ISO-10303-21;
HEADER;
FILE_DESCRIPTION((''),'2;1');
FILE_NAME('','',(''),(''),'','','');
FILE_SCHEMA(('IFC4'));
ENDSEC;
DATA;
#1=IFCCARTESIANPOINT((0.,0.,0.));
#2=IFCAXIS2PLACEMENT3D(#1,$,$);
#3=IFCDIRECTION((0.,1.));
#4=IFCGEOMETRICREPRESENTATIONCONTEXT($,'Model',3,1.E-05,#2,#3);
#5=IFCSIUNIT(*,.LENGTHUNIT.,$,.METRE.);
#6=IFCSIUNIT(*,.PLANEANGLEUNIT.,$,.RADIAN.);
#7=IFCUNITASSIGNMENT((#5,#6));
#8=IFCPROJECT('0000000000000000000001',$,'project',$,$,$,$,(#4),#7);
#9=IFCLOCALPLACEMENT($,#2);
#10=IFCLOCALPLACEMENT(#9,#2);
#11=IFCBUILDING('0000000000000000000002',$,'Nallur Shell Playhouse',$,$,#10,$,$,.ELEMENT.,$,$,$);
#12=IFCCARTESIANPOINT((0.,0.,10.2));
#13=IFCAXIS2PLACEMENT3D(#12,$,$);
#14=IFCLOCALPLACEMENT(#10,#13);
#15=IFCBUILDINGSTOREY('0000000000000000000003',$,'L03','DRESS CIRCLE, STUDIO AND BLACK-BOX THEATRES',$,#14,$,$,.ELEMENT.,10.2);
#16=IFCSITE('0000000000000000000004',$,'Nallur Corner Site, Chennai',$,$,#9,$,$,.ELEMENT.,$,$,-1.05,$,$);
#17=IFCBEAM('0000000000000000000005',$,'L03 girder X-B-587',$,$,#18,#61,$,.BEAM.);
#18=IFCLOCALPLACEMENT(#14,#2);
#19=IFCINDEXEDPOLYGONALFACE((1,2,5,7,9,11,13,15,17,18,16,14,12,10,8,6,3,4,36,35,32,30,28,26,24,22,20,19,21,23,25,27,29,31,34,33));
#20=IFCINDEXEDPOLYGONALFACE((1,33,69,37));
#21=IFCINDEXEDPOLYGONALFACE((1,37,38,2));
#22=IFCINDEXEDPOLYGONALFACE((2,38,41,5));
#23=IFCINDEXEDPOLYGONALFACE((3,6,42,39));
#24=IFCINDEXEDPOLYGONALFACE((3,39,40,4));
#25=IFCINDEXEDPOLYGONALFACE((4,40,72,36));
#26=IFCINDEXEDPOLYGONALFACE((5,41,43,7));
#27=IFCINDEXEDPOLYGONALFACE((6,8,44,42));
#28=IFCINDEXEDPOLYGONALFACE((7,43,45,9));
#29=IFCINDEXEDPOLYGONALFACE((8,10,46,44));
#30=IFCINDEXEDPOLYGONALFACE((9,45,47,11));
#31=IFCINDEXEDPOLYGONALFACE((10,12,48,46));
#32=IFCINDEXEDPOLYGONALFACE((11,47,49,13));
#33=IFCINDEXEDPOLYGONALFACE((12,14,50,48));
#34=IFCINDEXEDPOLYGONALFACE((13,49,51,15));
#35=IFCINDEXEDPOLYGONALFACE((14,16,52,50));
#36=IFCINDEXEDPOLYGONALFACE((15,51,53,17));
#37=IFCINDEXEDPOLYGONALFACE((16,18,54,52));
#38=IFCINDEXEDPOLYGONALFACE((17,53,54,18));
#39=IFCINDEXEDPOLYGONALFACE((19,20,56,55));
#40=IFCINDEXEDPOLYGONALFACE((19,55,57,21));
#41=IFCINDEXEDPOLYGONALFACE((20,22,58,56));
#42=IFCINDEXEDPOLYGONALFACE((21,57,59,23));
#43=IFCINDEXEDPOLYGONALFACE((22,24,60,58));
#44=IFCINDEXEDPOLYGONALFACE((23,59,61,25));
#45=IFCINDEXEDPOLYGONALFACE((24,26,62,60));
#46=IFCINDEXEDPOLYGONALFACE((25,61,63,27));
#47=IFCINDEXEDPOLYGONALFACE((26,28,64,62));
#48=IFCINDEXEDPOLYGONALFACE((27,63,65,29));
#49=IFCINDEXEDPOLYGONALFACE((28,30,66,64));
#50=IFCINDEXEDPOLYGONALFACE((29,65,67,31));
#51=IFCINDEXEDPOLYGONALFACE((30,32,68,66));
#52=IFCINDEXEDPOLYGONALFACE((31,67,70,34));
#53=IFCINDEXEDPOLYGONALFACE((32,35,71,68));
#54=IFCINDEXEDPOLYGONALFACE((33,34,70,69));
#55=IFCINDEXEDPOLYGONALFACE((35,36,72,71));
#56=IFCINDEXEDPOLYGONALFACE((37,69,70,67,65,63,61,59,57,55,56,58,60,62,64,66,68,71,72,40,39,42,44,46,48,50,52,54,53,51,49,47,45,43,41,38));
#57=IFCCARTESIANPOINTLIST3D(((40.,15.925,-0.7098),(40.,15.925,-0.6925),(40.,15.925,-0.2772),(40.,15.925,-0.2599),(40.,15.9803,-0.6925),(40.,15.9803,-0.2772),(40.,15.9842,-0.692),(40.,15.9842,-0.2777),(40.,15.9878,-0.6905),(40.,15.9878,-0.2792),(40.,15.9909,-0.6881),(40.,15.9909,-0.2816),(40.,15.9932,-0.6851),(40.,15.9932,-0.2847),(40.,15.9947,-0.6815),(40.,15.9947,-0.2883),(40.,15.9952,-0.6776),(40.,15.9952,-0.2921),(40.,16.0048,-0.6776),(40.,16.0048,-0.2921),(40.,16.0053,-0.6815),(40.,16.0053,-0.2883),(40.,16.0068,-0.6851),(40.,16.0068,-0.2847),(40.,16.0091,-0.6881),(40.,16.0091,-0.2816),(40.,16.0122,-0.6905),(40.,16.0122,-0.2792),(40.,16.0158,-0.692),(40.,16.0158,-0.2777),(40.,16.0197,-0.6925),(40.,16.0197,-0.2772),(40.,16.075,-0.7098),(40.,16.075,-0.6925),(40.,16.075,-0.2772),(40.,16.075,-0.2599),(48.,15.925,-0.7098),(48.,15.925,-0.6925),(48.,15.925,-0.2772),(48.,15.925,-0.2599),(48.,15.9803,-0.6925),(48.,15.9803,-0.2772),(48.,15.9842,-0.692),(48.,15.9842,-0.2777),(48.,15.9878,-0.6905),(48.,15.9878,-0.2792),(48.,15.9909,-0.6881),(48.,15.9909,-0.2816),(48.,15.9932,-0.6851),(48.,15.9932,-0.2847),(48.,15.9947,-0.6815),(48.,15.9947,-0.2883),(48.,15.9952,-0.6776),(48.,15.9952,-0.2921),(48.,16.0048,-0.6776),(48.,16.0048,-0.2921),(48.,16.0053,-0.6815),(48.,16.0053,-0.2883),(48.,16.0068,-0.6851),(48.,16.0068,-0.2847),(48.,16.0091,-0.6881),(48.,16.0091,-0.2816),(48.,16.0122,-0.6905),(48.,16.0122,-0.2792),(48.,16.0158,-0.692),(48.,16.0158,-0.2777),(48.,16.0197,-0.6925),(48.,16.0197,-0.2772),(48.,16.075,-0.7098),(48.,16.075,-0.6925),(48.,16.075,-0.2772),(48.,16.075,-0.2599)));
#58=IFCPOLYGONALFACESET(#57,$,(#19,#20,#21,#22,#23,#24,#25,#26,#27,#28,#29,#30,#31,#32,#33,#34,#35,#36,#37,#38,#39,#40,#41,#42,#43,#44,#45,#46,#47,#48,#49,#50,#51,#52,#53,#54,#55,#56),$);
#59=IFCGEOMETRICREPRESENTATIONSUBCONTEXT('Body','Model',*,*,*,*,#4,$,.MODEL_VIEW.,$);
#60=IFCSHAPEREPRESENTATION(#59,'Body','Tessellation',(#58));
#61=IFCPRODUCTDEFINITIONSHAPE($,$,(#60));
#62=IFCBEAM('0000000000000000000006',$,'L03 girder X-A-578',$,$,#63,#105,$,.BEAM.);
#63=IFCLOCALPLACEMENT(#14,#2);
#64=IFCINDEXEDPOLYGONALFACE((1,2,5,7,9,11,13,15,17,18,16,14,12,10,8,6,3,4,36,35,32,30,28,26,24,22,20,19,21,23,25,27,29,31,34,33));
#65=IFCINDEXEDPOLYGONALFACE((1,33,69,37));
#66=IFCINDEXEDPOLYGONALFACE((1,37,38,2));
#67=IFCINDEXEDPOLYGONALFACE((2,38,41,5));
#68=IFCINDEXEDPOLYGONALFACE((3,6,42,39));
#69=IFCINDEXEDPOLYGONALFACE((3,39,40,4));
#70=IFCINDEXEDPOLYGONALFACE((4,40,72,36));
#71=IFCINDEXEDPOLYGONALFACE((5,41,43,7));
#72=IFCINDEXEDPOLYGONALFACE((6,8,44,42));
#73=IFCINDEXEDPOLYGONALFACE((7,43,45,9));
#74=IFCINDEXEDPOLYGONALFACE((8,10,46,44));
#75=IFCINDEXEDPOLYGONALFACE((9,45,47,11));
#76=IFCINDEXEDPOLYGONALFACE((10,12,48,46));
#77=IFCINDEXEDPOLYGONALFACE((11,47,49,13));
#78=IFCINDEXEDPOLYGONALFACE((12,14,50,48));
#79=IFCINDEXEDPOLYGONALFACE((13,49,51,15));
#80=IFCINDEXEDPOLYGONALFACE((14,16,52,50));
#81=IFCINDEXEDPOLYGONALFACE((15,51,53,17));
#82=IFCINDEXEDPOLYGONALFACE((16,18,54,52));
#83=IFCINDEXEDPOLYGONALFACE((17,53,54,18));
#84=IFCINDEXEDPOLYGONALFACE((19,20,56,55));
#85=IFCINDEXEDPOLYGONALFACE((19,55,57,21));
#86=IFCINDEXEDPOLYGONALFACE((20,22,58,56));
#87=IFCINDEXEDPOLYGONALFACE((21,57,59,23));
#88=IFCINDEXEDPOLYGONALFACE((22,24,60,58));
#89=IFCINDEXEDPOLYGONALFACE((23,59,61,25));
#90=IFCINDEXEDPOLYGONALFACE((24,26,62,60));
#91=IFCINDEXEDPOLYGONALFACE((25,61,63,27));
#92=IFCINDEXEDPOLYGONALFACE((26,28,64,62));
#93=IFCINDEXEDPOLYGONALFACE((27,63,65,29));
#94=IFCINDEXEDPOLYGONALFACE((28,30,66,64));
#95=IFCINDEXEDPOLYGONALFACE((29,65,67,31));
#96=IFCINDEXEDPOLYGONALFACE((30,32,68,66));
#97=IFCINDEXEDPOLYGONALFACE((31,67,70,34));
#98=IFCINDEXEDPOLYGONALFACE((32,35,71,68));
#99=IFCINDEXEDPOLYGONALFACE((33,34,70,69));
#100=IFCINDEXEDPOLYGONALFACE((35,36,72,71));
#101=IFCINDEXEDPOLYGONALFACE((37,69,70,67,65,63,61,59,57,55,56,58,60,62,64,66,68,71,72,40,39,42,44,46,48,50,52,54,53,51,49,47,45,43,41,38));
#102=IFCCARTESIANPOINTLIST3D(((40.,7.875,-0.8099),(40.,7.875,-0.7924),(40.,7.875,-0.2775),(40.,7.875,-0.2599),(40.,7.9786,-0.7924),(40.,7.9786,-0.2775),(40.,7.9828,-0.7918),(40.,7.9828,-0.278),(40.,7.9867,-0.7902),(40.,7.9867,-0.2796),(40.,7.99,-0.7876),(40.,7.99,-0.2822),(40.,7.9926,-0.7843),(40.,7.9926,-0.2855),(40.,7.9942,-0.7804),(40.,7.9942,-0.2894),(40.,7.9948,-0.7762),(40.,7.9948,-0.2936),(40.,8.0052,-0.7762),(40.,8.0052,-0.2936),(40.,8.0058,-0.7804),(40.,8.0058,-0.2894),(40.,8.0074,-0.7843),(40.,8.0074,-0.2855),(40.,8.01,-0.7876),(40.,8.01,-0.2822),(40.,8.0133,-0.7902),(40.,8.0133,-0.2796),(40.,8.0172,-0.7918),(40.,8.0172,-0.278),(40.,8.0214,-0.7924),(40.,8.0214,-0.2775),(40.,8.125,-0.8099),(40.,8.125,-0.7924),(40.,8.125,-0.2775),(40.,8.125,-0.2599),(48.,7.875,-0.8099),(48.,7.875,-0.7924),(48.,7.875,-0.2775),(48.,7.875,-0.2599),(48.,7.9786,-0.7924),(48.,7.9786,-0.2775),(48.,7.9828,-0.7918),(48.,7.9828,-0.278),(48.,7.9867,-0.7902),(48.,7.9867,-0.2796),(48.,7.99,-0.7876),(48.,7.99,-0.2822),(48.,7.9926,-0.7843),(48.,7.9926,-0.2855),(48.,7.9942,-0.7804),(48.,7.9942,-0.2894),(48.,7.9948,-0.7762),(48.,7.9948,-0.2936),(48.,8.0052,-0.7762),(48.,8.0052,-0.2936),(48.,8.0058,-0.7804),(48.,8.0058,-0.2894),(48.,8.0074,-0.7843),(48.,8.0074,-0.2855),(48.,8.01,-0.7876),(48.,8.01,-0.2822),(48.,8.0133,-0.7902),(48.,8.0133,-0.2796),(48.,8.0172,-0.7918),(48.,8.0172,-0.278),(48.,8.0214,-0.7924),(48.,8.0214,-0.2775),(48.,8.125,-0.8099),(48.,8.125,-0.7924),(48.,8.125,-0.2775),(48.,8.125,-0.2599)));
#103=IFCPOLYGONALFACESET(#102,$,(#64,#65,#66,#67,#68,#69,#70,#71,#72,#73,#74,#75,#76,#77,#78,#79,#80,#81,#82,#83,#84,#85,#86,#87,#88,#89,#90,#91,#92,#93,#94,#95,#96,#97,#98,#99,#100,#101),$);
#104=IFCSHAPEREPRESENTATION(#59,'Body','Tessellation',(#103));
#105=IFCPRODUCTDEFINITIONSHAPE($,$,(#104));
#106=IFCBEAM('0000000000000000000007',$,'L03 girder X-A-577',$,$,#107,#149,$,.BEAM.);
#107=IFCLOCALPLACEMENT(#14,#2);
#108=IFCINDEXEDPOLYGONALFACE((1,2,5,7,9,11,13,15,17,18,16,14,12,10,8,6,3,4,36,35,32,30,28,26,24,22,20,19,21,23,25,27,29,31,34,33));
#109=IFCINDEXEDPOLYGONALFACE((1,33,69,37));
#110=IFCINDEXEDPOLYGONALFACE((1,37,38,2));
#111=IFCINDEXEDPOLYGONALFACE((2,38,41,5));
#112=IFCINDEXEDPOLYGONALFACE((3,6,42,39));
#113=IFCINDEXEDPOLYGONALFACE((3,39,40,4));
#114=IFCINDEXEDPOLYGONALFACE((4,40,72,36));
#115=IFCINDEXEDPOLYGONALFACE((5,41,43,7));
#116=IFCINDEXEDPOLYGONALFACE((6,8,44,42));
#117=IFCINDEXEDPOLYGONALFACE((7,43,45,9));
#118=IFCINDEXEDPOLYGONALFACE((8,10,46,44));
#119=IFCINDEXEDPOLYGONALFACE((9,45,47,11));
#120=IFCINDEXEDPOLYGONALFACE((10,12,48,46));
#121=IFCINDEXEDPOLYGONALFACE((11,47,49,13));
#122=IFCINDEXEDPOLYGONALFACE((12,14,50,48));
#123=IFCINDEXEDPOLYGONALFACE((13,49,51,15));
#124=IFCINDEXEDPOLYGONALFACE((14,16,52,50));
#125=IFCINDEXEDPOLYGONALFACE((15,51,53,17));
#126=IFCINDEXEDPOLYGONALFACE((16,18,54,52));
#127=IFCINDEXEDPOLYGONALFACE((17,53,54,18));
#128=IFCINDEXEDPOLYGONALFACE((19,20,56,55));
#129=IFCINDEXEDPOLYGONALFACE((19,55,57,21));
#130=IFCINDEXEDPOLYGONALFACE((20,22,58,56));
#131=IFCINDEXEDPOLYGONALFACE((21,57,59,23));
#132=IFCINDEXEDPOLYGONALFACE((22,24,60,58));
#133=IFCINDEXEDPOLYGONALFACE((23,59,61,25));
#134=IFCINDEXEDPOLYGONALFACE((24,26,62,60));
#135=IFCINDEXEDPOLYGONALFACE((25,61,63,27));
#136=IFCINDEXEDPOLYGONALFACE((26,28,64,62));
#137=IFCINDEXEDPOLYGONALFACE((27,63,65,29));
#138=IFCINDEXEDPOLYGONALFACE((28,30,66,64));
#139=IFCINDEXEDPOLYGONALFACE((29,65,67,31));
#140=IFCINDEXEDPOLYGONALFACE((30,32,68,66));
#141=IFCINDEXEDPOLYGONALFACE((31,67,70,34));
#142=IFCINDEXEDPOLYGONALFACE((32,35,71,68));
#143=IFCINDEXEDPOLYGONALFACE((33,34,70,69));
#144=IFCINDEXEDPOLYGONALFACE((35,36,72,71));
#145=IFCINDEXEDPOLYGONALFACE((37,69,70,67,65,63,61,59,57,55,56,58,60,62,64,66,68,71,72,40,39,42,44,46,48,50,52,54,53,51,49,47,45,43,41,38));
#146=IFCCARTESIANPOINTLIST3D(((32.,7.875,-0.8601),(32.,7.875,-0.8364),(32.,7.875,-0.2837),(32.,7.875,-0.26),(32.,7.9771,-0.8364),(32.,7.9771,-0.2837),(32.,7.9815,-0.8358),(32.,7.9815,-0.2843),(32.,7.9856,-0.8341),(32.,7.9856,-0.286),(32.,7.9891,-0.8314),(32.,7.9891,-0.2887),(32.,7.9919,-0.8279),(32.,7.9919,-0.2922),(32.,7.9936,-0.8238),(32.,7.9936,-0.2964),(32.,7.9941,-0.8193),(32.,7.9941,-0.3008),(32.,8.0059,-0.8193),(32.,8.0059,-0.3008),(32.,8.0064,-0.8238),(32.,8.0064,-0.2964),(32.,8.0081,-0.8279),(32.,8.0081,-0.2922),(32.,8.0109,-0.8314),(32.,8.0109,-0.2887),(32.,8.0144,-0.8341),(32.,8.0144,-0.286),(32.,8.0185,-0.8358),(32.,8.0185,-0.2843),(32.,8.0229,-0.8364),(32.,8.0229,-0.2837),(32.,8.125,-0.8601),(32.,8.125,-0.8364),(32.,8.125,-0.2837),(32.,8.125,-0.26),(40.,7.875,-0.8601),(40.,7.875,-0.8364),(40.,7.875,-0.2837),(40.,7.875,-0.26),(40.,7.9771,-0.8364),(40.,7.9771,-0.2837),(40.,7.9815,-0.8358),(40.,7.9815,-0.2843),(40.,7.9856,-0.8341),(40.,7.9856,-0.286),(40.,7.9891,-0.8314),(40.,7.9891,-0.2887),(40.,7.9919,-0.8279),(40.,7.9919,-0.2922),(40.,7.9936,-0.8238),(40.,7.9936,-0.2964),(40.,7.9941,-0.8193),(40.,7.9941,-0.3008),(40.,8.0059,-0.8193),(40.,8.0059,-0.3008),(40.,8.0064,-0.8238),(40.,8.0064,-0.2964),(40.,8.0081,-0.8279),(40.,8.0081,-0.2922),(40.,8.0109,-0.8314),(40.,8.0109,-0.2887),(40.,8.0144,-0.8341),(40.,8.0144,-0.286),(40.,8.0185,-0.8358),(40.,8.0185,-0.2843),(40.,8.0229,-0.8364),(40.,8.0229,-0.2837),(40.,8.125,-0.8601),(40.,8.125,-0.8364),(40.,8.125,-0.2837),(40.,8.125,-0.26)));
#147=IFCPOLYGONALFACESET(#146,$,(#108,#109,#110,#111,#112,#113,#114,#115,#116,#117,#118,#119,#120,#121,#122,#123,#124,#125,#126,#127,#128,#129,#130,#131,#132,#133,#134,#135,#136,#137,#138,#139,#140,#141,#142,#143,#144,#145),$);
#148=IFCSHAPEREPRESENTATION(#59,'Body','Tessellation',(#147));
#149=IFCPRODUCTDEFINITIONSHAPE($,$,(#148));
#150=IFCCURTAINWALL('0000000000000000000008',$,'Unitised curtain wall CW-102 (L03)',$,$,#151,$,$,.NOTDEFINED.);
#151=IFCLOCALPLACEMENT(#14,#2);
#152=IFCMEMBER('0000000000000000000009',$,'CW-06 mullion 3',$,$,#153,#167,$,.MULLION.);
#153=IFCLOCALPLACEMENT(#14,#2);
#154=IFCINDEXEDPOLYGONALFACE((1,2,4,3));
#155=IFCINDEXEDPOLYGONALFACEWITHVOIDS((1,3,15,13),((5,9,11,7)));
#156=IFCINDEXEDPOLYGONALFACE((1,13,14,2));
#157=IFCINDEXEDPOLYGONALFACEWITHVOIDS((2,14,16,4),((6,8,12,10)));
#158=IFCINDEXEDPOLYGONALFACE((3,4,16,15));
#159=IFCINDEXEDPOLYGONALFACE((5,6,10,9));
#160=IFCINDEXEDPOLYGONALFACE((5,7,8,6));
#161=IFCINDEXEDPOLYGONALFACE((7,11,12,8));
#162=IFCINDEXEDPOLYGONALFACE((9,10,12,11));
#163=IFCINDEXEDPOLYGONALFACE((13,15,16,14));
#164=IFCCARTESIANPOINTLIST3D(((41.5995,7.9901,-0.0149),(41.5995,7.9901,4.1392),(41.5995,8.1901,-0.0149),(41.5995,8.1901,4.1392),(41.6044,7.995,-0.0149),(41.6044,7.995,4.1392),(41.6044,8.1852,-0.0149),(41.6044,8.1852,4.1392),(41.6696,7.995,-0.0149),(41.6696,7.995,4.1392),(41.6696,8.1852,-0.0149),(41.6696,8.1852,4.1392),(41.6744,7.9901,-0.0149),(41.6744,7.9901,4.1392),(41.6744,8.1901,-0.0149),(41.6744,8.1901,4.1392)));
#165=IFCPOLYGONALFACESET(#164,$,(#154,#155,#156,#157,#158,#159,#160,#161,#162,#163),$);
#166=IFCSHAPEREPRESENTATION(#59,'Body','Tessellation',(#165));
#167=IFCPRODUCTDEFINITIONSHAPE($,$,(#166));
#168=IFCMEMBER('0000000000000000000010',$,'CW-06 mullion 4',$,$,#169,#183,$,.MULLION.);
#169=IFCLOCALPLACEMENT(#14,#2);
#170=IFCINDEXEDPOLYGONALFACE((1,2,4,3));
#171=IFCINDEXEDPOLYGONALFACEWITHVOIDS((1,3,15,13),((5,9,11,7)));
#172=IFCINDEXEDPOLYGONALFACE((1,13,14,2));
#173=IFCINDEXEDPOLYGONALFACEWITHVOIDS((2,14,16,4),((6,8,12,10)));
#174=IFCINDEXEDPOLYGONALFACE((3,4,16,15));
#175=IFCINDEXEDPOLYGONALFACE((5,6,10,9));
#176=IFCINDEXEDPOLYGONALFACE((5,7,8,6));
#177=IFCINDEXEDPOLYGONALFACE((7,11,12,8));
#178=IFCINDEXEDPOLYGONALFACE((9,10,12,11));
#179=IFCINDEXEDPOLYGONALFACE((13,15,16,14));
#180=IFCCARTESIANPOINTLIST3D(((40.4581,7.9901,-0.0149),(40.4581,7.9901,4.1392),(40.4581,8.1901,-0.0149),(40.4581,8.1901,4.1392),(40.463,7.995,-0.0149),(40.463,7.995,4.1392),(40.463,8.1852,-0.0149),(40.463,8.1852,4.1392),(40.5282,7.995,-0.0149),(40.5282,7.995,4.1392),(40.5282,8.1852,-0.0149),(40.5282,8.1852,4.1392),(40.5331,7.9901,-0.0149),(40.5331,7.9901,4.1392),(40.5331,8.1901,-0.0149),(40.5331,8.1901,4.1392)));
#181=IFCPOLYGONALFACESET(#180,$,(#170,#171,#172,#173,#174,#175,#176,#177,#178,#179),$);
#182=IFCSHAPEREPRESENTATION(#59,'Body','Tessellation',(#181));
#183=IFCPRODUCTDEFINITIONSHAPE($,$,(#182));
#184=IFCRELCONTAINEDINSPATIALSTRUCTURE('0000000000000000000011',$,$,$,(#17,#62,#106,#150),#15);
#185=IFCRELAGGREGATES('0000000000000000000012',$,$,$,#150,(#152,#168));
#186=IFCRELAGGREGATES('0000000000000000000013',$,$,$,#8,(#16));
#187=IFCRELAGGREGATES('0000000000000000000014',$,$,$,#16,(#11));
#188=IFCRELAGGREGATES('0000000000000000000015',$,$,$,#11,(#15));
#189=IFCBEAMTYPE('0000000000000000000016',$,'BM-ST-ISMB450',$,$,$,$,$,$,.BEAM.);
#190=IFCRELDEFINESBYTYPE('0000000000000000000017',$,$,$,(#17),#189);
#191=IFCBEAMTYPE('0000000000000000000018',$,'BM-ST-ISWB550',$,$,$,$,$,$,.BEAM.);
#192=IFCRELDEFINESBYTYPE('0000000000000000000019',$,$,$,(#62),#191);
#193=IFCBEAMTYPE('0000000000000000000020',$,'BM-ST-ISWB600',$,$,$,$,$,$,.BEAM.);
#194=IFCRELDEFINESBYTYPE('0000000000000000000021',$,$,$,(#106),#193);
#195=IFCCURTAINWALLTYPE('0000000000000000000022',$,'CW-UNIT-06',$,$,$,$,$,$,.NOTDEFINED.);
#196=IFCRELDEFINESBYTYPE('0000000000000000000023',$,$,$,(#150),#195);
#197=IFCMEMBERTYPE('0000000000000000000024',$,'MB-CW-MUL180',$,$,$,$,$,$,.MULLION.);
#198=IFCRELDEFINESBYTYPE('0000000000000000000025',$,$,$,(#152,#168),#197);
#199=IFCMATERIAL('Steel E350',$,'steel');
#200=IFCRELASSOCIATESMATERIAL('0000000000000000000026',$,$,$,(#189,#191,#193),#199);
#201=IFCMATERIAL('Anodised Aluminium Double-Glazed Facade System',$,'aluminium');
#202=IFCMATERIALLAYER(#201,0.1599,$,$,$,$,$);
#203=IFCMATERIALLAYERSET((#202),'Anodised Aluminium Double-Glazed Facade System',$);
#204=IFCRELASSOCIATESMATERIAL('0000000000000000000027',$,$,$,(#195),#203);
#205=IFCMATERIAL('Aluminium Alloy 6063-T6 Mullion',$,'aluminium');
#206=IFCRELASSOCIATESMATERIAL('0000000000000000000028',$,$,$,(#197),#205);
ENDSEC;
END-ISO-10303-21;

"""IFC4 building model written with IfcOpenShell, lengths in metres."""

from ifc_helpers import new_model, si_unit, direction, frame, origin, origin_2d, place, context, subcontext, project, spatial, hollow_rectangle, i_section, extrude, material, layer, layer_set, material_profile, profile_set, type_object, element, aggregate, save


model = new_model("IFC4")

# Units and contexts
model_context = context("Model", 3, precision=1e-05, world=origin(), true_north=direction((0.0, 1.0)))
body_context = subcontext(model_context, "Body", "Model", "MODEL_VIEW")
ifc_project = project(units=[si_unit("LENGTHUNIT", "METRE"), si_unit("PLANEANGLEUNIT", "RADIAN")], contexts=[model_context])

# Site, building, storey
site_placement = place(None, origin())
site = spatial("IfcSite", under=ifc_project, at=site_placement, Name="Nallur Corner Site, Chennai", CompositionType="ELEMENT", RefElevation=-1.05)
building_placement = place(site_placement, origin())
building = spatial("IfcBuilding", under=site, at=building_placement, Name="Nallur Shell Playhouse", CompositionType="ELEMENT")
storey_placement = place(building_placement, frame((0.0, 0.0, 10.2)))
storey = spatial("IfcBuildingStorey", under=building, at=storey_placement, Name="L03", Description="DRESS CIRCLE, STUDIO AND BLACK-BOX THEATRES", CompositionType="ELEMENT", Elevation=10.2)

# Beams
ifc_material_1 = material(Name="Steel E350", Category="steel")
ifc_material_profile_1 = material_profile(ifc_material_1, i_section(OverallWidth=0.1499, OverallDepth=0.45, WebThickness=0.0095, FlangeThickness=0.0173, FilletRadius=0.0149, at=origin_2d()), Name="ISMB 450")
ifc_profile_set_1 = profile_set([ifc_material_profile_1], Name="Steel E350")
beam_type_1 = type_object("IfcBeamType", Name="BM-ST-ISMB450", PredefinedType="BEAM", material=ifc_profile_set_1)
beam_1_placement = place(storey_placement, frame((40.0, 16.0, -0.4849), z_axis=(1.0, 0.0, 0.0), x_axis=(0.0, 1.0, 0.0)))
element("IfcBeam", 1, at=beam_1_placement, inside=storey, type_object=beam_type_1, Name="L03 girder X-B-587", PredefinedType="BEAM", context=body_context, shape_type="SweptSolid", body=[
    extrude(i_section(OverallWidth=0.1499, OverallDepth=0.45, WebThickness=0.0095, FlangeThickness=0.0173, FilletRadius=0.0149, at=origin_2d()), origin(), (0.0, 0.0, 1.0), 8.0),
])
ifc_material_profile_2 = material_profile(ifc_material_1, i_section(OverallWidth=0.25, OverallDepth=0.55, WebThickness=0.0105, FlangeThickness=0.0176, FilletRadius=0.0161, at=origin_2d()), Name="ISWB 550")
ifc_profile_set_2 = profile_set([ifc_material_profile_2], Name="Steel E350")
beam_type_2 = type_object("IfcBeamType", Name="BM-ST-ISWB550", PredefinedType="BEAM", material=ifc_profile_set_2)
beam_2_placement = place(storey_placement, frame((40.0, 8.0, -0.5349), z_axis=(1.0, 0.0, 0.0), x_axis=(0.0, 1.0, 0.0)))
element("IfcBeam", 2, at=beam_2_placement, inside=storey, type_object=beam_type_2, Name="L03 girder X-A-578", PredefinedType="BEAM", context=body_context, shape_type="SweptSolid", body=[
    extrude(i_section(OverallWidth=0.25, OverallDepth=0.55, WebThickness=0.0105, FlangeThickness=0.0176, FilletRadius=0.0161, at=origin_2d()), origin(), (0.0, 0.0, 1.0), 8.0),
])
ifc_material_profile_3 = material_profile(ifc_material_1, i_section(OverallWidth=0.25, OverallDepth=0.6001, WebThickness=0.0117, FlangeThickness=0.0237, FilletRadius=0.0171, at=origin_2d()), Name="ISWB 600")
ifc_profile_set_3 = profile_set([ifc_material_profile_3], Name="Steel E350")
beam_type_3 = type_object("IfcBeamType", Name="BM-ST-ISWB600", PredefinedType="BEAM", material=ifc_profile_set_3)
beam_3_placement = place(storey_placement, frame((32.0, 8.0, -0.5601), z_axis=(1.0, 0.0, 0.0), x_axis=(0.0, 1.0, 0.0)))
element("IfcBeam", 3, at=beam_3_placement, inside=storey, type_object=beam_type_3, Name="L03 girder X-A-577", PredefinedType="BEAM", context=body_context, shape_type="SweptSolid", body=[
    extrude(i_section(OverallWidth=0.25, OverallDepth=0.6001, WebThickness=0.0117, FlangeThickness=0.0237, FilletRadius=0.0171, at=origin_2d()), origin(), (0.0, 0.0, 1.0), 8.0),
])

# Curtain wall, members
ifc_material_2 = material(Name="Anodised Aluminium Double-Glazed Facade System", Category="aluminium")
ifc_layer_1 = layer(ifc_material_2, 0.1599)
ifc_layer_set_1 = layer_set([ifc_layer_1], Name="Anodised Aluminium Double-Glazed Facade System")
curtain_wall_type = type_object("IfcCurtainWallType", Name="CW-UNIT-06", PredefinedType="NOTDEFINED", material=ifc_layer_set_1)
curtain_wall_placement = place(storey_placement, origin())
curtain_wall = element("IfcCurtainWall", 4, at=curtain_wall_placement, inside=storey, type_object=curtain_wall_type, Name="Unitised curtain wall CW-102 (L03)", PredefinedType="NOTDEFINED")
ifc_material_3 = material(Name="Aluminium Alloy 6063-T6 Mullion", Category="aluminium")
ifc_material_profile_4 = material_profile(ifc_material_3, hollow_rectangle(XDim=0.075, YDim=0.2, WallThickness=0.0049, at=origin_2d()), Name="ALU 75x200x5")
ifc_profile_set_4 = profile_set([ifc_material_profile_4], Name="Aluminium Alloy 6063-T6 Mullion")
member_type_1 = type_object("IfcMemberType", Name="MB-CW-MUL180", PredefinedType="MULLION", material=ifc_profile_set_4)
member_1_placement = place(storey_placement, frame((41.637, 8.0901, -0.0149), z_axis=(0.0, 0.0, 1.0), x_axis=(-1.0, 0.0, 0.0)))
member_1 = element("IfcMember", 5, at=member_1_placement, type_object=member_type_1, Name="CW-06 mullion 3", PredefinedType="MULLION", context=body_context, shape_type="SweptSolid", body=[
    extrude(hollow_rectangle(XDim=0.075, YDim=0.2, WallThickness=0.0049, at=origin_2d()), origin(), (0.0, 0.0, 1.0), 4.1541),
])
member_2_placement = place(storey_placement, frame((40.4956, 8.0901, -0.0149), z_axis=(0.0, 0.0, 1.0), x_axis=(-1.0, 0.0, 0.0)))
member_2 = element("IfcMember", 6, at=member_2_placement, type_object=member_type_1, Name="CW-06 mullion 4", PredefinedType="MULLION", context=body_context, shape_type="SweptSolid", body=[
    extrude(hollow_rectangle(XDim=0.075, YDim=0.2, WallThickness=0.0049, at=origin_2d()), origin(), (0.0, 0.0, 1.0), 4.1541),
])
aggregate(curtain_wall, [member_1, member_2])

save(model, "model.ifc")
